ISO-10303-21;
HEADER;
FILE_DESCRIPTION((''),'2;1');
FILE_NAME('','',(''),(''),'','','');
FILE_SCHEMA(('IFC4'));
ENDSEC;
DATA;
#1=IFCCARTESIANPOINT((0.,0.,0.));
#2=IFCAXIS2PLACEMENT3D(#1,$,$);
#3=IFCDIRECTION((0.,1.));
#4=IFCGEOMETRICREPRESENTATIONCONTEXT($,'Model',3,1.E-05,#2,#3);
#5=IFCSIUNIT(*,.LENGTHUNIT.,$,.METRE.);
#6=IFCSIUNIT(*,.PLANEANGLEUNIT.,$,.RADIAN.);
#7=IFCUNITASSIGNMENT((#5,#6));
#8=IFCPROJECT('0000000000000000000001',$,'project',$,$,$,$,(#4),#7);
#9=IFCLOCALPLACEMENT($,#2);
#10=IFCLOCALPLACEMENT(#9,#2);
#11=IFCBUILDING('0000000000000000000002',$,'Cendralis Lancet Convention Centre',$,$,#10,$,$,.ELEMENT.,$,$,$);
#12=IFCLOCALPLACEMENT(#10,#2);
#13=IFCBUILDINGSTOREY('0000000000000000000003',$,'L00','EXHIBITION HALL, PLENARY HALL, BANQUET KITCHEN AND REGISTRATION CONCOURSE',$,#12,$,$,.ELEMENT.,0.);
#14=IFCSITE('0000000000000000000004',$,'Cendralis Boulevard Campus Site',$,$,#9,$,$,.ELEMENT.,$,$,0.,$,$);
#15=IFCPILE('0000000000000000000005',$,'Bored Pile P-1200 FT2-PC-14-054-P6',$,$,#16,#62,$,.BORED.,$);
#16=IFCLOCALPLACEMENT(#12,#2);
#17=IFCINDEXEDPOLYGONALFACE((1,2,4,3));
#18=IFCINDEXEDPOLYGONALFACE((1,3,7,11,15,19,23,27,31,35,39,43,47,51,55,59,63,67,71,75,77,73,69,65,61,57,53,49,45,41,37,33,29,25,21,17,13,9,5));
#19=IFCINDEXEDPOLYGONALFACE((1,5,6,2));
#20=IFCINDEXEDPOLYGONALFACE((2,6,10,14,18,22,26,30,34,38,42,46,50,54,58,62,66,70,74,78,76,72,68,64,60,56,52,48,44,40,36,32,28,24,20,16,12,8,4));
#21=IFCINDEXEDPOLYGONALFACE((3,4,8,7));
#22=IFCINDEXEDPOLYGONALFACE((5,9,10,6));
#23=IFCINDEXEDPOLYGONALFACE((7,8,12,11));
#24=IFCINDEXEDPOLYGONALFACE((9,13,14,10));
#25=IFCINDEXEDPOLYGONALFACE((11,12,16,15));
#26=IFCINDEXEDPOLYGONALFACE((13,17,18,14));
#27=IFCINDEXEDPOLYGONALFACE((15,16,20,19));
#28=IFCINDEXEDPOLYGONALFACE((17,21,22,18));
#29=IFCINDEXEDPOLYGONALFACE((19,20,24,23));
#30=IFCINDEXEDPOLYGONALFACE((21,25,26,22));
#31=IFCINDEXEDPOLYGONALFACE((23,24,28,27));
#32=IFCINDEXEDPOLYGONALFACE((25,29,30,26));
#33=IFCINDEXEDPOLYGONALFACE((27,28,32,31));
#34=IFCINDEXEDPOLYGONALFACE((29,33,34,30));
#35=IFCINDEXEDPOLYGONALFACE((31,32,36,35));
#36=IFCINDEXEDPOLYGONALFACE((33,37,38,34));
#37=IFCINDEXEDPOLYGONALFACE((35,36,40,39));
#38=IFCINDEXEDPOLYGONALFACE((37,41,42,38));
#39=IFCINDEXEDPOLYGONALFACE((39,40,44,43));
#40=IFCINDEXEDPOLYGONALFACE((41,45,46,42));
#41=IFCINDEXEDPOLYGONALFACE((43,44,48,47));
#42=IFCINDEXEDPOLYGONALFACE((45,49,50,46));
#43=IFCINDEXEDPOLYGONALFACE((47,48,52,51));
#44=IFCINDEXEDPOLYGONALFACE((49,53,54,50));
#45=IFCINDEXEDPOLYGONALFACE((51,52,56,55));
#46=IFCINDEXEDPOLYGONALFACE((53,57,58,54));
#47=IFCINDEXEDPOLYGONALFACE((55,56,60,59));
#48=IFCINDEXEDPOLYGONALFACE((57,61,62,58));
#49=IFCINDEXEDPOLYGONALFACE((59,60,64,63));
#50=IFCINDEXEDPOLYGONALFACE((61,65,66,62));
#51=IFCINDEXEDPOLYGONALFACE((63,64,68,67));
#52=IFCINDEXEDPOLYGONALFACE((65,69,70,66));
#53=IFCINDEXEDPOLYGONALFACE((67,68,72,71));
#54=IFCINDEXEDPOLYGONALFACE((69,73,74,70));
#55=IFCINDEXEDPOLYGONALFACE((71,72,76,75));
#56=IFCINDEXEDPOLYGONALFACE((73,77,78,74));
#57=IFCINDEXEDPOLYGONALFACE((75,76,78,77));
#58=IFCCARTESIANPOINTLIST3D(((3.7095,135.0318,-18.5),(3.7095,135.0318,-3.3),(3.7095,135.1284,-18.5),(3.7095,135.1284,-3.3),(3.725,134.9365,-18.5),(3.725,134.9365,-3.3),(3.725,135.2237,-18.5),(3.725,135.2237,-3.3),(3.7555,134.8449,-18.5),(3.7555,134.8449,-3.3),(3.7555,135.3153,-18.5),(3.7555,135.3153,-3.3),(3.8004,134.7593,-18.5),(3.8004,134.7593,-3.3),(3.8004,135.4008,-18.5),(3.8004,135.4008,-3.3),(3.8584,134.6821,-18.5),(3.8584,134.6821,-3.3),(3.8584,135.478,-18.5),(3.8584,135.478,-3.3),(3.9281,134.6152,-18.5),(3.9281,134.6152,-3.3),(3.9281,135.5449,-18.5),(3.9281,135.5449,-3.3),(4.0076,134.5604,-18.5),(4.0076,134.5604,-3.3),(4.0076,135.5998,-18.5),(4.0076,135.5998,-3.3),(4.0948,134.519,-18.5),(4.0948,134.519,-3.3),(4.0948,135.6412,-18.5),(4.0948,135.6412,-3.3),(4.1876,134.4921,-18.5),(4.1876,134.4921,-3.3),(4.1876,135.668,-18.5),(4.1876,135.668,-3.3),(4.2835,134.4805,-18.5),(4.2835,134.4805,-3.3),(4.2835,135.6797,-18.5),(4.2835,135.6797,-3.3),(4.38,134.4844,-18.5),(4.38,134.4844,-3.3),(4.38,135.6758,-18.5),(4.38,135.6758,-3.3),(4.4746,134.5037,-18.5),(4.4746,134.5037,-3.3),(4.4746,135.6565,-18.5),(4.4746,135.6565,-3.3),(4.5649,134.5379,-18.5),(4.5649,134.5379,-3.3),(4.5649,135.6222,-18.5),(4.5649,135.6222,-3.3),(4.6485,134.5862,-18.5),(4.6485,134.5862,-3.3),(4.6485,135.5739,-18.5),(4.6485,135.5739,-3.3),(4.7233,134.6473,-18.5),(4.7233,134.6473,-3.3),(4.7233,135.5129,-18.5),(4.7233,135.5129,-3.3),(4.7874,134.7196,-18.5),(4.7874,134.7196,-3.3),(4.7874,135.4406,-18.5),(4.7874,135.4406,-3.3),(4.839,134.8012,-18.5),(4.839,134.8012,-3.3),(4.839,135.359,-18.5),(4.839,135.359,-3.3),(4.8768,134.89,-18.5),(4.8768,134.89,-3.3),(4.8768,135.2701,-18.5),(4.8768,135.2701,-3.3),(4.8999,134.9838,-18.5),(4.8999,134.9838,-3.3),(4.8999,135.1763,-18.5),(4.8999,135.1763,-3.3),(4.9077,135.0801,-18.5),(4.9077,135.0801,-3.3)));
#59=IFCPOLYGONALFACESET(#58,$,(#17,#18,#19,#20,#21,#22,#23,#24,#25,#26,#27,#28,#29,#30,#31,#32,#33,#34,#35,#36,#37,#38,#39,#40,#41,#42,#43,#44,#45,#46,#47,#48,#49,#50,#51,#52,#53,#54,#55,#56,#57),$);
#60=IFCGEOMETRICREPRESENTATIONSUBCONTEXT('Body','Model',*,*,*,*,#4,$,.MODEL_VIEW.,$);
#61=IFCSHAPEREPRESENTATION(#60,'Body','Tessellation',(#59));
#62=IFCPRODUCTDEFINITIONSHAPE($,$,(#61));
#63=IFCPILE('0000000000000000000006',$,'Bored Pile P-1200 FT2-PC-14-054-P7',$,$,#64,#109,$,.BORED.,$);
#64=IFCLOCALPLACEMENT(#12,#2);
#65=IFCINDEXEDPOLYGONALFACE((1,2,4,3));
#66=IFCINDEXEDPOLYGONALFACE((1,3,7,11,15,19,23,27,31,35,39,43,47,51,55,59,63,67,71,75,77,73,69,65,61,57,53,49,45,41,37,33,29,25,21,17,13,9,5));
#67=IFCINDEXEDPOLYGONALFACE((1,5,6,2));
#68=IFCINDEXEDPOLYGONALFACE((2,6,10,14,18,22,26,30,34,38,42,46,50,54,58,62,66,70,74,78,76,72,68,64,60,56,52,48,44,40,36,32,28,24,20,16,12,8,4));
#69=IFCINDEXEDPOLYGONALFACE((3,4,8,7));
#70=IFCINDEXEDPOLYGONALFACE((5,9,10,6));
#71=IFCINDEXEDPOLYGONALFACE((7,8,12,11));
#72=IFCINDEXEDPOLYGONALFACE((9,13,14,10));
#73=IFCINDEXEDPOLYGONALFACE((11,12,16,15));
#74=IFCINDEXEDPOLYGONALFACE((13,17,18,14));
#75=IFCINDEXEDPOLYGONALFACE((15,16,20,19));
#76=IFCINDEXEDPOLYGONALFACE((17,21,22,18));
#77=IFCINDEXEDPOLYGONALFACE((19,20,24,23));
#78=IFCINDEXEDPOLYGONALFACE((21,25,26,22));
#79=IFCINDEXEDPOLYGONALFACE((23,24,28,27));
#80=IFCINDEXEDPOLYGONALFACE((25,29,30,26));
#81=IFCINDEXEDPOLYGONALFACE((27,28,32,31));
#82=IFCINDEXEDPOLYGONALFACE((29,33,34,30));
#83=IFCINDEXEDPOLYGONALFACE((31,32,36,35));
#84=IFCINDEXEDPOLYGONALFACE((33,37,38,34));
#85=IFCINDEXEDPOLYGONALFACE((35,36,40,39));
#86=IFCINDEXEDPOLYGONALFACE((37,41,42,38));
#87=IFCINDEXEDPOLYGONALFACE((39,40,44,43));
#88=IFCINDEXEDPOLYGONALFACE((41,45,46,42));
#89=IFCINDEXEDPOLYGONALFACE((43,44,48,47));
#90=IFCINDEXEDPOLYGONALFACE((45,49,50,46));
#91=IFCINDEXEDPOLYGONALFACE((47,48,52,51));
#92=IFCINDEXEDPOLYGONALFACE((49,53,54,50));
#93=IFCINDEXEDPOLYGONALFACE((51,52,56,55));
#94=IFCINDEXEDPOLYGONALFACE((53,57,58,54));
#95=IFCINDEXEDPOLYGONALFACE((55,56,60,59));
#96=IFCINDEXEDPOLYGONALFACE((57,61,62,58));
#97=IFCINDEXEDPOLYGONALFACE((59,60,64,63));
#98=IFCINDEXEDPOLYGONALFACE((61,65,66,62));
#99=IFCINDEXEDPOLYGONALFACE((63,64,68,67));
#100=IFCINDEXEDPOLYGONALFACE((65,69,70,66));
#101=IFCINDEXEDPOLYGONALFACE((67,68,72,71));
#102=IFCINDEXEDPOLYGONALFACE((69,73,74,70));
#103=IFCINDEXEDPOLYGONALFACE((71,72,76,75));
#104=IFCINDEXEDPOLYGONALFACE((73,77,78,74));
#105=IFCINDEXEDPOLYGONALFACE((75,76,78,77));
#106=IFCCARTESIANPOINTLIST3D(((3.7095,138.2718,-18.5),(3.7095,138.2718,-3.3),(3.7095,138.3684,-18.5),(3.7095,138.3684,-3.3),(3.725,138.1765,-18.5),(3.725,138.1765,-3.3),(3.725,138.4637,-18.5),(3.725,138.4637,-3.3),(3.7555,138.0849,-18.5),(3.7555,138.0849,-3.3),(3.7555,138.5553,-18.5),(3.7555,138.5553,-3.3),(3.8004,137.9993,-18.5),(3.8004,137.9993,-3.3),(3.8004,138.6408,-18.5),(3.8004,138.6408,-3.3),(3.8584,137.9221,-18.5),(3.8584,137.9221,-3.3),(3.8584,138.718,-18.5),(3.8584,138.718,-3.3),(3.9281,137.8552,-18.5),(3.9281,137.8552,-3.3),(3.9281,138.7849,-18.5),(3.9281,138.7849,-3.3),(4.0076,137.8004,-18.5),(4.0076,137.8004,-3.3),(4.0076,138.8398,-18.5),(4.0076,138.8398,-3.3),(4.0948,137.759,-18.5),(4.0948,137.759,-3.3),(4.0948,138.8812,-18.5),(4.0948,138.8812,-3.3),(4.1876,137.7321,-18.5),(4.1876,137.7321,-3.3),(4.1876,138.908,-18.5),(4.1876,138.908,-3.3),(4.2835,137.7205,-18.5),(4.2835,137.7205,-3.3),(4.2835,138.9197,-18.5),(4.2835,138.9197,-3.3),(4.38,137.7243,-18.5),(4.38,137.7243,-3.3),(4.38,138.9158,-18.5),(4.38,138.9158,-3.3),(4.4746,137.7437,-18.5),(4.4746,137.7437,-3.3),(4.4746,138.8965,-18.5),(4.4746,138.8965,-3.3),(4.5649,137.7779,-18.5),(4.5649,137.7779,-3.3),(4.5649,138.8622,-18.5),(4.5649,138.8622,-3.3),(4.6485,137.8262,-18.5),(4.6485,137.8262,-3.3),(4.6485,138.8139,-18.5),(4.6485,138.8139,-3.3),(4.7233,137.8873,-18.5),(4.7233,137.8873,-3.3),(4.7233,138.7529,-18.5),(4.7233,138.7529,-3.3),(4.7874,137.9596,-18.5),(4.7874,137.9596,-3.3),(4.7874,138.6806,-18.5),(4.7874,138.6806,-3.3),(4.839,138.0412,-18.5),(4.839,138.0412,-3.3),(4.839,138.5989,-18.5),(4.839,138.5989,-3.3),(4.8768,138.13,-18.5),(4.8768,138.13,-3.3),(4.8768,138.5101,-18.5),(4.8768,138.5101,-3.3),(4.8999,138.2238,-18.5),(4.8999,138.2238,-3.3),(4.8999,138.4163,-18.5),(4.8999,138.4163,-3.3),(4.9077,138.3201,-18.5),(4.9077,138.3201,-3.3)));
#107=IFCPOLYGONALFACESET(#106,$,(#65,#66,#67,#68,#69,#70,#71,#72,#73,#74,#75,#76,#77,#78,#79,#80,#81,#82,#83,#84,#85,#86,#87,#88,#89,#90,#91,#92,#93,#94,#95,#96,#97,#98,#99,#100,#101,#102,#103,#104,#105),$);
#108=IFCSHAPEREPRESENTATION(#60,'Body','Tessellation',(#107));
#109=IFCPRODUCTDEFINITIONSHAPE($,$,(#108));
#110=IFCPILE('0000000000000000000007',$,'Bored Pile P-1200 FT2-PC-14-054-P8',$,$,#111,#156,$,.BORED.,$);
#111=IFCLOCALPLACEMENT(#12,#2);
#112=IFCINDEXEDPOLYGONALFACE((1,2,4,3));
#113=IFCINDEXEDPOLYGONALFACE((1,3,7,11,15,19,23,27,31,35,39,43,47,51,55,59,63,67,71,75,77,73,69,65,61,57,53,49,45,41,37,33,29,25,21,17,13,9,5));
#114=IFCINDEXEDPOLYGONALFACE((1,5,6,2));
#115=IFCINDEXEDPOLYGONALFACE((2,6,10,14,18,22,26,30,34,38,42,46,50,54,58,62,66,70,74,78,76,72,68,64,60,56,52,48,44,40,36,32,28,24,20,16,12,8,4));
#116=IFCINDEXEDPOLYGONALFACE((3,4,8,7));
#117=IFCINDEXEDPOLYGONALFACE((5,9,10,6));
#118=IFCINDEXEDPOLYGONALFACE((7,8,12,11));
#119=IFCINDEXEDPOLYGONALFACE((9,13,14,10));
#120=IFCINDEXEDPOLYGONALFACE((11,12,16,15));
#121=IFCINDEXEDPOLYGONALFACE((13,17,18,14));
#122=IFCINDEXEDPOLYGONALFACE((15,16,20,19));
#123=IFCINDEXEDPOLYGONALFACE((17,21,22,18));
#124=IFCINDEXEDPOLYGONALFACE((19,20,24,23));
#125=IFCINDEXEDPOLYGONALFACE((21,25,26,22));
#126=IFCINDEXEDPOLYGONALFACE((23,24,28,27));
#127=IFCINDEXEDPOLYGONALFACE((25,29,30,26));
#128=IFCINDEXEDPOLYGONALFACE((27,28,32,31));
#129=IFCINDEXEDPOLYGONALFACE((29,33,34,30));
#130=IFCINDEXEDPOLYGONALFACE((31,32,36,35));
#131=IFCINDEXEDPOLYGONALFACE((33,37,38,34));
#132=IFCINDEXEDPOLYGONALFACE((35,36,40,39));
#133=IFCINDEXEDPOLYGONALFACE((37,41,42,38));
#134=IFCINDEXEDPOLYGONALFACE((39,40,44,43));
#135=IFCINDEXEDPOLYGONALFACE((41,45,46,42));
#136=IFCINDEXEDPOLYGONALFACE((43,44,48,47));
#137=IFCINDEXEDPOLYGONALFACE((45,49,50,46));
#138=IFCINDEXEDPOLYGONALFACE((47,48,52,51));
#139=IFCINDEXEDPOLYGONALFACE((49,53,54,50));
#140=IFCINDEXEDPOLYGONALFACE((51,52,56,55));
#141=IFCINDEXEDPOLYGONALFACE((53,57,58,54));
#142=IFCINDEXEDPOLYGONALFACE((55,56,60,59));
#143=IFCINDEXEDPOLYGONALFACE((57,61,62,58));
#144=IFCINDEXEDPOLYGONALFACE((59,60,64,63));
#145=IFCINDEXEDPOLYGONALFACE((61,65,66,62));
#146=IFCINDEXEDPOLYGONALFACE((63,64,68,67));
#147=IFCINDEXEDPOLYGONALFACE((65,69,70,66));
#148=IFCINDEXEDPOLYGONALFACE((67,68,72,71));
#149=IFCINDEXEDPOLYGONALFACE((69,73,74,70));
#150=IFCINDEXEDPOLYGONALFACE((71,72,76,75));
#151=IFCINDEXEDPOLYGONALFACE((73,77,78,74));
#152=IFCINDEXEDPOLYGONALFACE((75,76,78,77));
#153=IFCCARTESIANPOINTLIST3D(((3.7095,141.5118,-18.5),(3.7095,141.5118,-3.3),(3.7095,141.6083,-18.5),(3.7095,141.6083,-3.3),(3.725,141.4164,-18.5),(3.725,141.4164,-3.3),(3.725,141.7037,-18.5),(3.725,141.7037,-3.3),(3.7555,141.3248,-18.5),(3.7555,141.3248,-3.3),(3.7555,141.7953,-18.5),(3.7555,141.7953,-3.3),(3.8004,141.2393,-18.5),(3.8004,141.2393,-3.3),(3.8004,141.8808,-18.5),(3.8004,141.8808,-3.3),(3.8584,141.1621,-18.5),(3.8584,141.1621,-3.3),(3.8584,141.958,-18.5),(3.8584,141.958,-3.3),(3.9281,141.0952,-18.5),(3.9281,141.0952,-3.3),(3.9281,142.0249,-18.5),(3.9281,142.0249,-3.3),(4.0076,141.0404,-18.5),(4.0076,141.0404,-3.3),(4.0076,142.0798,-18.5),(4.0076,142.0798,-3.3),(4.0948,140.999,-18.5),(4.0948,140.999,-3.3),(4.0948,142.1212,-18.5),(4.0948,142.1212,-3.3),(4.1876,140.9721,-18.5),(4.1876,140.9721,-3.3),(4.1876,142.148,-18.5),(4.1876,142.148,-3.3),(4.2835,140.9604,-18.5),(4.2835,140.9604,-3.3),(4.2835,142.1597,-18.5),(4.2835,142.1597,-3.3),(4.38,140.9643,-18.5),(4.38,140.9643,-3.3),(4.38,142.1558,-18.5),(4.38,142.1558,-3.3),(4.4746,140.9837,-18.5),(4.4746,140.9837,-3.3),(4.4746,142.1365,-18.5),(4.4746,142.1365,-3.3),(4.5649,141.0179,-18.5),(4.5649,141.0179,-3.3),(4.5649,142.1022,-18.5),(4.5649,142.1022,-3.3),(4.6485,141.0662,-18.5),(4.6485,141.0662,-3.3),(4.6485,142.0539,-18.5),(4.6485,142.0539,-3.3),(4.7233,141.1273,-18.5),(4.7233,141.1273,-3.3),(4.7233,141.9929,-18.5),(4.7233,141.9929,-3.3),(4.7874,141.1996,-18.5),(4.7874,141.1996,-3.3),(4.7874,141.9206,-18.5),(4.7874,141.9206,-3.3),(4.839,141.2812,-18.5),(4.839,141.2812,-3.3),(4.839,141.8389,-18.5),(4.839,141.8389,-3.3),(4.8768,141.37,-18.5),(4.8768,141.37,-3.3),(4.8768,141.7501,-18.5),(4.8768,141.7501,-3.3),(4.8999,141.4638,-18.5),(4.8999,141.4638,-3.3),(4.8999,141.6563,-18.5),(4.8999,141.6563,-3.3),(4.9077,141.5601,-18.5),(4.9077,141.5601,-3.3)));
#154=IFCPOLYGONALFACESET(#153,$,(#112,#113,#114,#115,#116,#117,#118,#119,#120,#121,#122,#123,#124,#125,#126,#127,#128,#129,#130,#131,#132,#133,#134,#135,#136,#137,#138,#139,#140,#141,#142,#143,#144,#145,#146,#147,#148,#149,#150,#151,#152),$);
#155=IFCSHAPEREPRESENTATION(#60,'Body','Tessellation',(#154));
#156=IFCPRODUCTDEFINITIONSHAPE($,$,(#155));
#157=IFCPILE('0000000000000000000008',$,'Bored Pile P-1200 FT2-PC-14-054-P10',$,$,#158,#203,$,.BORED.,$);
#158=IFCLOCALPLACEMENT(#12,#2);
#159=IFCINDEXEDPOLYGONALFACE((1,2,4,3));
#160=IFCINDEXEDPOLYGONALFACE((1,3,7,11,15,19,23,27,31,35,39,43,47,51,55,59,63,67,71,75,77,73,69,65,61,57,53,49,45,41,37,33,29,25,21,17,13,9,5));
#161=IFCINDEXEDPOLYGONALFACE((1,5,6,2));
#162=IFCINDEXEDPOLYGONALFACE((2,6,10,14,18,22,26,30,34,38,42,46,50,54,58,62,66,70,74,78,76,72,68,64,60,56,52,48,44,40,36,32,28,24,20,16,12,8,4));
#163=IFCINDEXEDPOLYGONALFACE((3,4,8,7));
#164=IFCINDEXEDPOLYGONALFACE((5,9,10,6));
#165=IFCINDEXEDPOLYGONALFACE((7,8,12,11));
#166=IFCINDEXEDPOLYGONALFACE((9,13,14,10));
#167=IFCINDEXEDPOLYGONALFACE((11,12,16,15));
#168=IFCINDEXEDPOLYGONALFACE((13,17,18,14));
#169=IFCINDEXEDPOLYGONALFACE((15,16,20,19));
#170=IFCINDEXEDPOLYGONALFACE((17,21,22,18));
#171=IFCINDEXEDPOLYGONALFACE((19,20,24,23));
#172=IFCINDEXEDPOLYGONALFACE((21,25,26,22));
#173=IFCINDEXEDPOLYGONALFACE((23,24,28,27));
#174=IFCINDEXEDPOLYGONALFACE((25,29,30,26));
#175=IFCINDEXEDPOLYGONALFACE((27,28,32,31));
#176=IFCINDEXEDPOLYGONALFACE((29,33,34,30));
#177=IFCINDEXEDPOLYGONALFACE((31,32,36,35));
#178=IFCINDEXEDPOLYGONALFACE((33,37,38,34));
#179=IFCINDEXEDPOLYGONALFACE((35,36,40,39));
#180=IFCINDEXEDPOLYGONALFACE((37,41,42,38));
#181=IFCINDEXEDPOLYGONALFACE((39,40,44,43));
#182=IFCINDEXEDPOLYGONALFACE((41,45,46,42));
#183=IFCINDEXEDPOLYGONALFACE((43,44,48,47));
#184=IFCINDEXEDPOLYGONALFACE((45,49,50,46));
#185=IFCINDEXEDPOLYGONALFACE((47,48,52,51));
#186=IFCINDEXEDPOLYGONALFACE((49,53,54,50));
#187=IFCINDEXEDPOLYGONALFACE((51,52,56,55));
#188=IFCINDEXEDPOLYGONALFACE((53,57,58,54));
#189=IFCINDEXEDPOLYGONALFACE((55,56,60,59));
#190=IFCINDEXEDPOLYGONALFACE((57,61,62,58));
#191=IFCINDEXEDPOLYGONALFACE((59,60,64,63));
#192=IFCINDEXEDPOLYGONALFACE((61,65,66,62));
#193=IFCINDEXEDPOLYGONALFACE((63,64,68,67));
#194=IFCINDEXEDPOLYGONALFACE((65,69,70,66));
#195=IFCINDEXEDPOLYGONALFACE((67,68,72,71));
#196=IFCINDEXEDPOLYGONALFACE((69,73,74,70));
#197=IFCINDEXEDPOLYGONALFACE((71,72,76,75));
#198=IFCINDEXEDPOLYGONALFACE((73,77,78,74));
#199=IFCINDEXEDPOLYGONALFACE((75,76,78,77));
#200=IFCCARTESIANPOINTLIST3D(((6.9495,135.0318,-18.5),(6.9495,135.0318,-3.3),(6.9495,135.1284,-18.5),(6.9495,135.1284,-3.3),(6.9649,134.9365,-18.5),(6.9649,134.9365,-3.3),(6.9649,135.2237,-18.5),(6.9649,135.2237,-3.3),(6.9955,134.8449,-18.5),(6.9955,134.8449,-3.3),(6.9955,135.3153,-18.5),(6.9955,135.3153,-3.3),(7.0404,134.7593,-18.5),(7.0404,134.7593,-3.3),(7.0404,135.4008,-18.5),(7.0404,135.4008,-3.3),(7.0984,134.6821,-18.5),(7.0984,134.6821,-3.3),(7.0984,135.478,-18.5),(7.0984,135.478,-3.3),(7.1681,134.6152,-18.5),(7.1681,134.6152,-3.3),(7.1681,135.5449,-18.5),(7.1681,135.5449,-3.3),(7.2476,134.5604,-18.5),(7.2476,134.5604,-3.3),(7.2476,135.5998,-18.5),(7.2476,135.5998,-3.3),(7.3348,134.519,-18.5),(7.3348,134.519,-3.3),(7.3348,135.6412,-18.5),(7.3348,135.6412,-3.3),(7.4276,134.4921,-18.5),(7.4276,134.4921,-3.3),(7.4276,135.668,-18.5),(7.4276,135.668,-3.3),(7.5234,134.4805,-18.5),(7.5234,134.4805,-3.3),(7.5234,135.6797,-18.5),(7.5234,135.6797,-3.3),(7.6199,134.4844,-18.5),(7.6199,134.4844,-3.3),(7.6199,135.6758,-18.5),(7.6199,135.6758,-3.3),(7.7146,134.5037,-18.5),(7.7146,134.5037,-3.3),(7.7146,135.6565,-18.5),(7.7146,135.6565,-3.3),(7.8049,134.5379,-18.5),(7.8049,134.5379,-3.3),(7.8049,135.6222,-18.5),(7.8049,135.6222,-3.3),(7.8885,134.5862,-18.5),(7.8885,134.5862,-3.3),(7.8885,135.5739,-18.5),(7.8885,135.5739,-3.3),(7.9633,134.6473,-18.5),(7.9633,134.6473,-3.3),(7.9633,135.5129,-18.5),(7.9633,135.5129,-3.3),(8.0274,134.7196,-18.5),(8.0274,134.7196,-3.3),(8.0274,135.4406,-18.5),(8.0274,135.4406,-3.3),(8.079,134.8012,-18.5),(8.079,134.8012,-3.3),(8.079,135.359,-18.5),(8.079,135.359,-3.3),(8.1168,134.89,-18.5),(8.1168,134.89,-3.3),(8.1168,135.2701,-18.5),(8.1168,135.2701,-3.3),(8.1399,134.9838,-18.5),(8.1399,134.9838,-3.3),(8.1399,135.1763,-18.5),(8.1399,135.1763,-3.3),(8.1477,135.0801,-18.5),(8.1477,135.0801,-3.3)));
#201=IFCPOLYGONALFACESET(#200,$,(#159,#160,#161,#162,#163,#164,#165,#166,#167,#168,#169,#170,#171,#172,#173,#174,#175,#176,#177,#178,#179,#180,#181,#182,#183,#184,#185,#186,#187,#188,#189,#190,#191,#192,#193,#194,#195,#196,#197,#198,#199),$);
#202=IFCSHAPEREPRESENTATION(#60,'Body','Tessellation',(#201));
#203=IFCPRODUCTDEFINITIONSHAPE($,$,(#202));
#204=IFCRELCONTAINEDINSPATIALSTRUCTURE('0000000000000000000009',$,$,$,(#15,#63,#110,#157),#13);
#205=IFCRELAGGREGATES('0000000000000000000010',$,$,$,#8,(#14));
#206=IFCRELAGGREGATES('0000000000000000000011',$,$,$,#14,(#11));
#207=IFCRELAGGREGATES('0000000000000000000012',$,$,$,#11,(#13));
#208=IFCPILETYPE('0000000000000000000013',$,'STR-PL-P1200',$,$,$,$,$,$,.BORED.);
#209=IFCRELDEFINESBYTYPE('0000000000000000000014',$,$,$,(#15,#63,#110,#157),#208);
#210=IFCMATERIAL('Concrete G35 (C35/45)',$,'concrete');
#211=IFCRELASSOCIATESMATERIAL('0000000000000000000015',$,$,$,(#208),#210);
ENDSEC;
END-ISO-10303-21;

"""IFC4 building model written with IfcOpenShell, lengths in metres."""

from ifc_helpers import new_model, si_unit, direction, frame, origin, origin_2d, place, context, subcontext, project, spatial, circle, extrude, material, material_profile, profile_set, type_object, element, save


model = new_model("IFC4")

# Units and contexts
model_context = context("Model", 3, precision=1e-05, world=origin(), true_north=direction((0.0, 1.0)))
body_context = subcontext(model_context, "Body", "Model", "MODEL_VIEW")
ifc_project = project(units=[si_unit("LENGTHUNIT", "METRE"), si_unit("PLANEANGLEUNIT", "RADIAN")], contexts=[model_context])

# Site, building, storey
site_placement = place(None, origin())
site = spatial("IfcSite", under=ifc_project, at=site_placement, Name="Cendralis Boulevard Campus Site", CompositionType="ELEMENT", RefElevation=0.0)
building_placement = place(site_placement, origin())
building = spatial("IfcBuilding", under=site, at=building_placement, Name="Cendralis Lancet Convention Centre", CompositionType="ELEMENT")
storey_placement = place(building_placement, origin())
storey = spatial("IfcBuildingStorey", under=building, at=storey_placement, Name="L00", Description="EXHIBITION HALL, PLENARY HALL, BANQUET KITCHEN AND REGISTRATION CONCOURSE", CompositionType="ELEMENT", Elevation=0.0)

# Shared definitions
ifc_material_1 = material(Name="Concrete G35 (C35/45)", Category="concrete")

# Piles
ifc_material_profile_1 = material_profile(ifc_material_1, circle(Radius=0.6001, at=origin_2d()), Name="BORED PILE D1200")
ifc_profile_set_1 = profile_set([ifc_material_profile_1], Name="Concrete G35 (C35/45)")
pile_type = type_object("IfcPileType", Name="STR-PL-P1200", PredefinedType="BORED", material=ifc_profile_set_1)
for number, where, z_axis, x_axis, name in (
    (1, (4.3076, 135.0801, -3.3), (0.0, 0.0, -1.0), (1.0, 0.0, 0.0), "Bored Pile P-1200 FT2-PC-14-054-P6"),
    (2, (4.3076, 138.3201, -3.3), (0.0, 0.0, -1.0), (1.0, 0.0, 0.0), "Bored Pile P-1200 FT2-PC-14-054-P7"),
    (3, (4.3076, 141.5601, -3.3), (0.0, 0.0, -1.0), (1.0, 0.0, 0.0), "Bored Pile P-1200 FT2-PC-14-054-P8"),
    (4, (7.5476, 135.0801, -3.3), (0.0, 0.0, -1.0), (1.0, 0.0, 0.0), "Bored Pile P-1200 FT2-PC-14-054-P10"),
):
    element("IfcPile", number, at=place(storey_placement, frame(where, z_axis=z_axis, x_axis=x_axis)), inside=storey, type_object=pile_type, Name=name, PredefinedType="BORED", context=body_context, shape_type="SweptSolid", body=[
        extrude(circle(Radius=0.6001, at=origin_2d()), origin(), (0.0, 0.0, 1.0), 15.2),
    ])

save(model, "model.ifc")
